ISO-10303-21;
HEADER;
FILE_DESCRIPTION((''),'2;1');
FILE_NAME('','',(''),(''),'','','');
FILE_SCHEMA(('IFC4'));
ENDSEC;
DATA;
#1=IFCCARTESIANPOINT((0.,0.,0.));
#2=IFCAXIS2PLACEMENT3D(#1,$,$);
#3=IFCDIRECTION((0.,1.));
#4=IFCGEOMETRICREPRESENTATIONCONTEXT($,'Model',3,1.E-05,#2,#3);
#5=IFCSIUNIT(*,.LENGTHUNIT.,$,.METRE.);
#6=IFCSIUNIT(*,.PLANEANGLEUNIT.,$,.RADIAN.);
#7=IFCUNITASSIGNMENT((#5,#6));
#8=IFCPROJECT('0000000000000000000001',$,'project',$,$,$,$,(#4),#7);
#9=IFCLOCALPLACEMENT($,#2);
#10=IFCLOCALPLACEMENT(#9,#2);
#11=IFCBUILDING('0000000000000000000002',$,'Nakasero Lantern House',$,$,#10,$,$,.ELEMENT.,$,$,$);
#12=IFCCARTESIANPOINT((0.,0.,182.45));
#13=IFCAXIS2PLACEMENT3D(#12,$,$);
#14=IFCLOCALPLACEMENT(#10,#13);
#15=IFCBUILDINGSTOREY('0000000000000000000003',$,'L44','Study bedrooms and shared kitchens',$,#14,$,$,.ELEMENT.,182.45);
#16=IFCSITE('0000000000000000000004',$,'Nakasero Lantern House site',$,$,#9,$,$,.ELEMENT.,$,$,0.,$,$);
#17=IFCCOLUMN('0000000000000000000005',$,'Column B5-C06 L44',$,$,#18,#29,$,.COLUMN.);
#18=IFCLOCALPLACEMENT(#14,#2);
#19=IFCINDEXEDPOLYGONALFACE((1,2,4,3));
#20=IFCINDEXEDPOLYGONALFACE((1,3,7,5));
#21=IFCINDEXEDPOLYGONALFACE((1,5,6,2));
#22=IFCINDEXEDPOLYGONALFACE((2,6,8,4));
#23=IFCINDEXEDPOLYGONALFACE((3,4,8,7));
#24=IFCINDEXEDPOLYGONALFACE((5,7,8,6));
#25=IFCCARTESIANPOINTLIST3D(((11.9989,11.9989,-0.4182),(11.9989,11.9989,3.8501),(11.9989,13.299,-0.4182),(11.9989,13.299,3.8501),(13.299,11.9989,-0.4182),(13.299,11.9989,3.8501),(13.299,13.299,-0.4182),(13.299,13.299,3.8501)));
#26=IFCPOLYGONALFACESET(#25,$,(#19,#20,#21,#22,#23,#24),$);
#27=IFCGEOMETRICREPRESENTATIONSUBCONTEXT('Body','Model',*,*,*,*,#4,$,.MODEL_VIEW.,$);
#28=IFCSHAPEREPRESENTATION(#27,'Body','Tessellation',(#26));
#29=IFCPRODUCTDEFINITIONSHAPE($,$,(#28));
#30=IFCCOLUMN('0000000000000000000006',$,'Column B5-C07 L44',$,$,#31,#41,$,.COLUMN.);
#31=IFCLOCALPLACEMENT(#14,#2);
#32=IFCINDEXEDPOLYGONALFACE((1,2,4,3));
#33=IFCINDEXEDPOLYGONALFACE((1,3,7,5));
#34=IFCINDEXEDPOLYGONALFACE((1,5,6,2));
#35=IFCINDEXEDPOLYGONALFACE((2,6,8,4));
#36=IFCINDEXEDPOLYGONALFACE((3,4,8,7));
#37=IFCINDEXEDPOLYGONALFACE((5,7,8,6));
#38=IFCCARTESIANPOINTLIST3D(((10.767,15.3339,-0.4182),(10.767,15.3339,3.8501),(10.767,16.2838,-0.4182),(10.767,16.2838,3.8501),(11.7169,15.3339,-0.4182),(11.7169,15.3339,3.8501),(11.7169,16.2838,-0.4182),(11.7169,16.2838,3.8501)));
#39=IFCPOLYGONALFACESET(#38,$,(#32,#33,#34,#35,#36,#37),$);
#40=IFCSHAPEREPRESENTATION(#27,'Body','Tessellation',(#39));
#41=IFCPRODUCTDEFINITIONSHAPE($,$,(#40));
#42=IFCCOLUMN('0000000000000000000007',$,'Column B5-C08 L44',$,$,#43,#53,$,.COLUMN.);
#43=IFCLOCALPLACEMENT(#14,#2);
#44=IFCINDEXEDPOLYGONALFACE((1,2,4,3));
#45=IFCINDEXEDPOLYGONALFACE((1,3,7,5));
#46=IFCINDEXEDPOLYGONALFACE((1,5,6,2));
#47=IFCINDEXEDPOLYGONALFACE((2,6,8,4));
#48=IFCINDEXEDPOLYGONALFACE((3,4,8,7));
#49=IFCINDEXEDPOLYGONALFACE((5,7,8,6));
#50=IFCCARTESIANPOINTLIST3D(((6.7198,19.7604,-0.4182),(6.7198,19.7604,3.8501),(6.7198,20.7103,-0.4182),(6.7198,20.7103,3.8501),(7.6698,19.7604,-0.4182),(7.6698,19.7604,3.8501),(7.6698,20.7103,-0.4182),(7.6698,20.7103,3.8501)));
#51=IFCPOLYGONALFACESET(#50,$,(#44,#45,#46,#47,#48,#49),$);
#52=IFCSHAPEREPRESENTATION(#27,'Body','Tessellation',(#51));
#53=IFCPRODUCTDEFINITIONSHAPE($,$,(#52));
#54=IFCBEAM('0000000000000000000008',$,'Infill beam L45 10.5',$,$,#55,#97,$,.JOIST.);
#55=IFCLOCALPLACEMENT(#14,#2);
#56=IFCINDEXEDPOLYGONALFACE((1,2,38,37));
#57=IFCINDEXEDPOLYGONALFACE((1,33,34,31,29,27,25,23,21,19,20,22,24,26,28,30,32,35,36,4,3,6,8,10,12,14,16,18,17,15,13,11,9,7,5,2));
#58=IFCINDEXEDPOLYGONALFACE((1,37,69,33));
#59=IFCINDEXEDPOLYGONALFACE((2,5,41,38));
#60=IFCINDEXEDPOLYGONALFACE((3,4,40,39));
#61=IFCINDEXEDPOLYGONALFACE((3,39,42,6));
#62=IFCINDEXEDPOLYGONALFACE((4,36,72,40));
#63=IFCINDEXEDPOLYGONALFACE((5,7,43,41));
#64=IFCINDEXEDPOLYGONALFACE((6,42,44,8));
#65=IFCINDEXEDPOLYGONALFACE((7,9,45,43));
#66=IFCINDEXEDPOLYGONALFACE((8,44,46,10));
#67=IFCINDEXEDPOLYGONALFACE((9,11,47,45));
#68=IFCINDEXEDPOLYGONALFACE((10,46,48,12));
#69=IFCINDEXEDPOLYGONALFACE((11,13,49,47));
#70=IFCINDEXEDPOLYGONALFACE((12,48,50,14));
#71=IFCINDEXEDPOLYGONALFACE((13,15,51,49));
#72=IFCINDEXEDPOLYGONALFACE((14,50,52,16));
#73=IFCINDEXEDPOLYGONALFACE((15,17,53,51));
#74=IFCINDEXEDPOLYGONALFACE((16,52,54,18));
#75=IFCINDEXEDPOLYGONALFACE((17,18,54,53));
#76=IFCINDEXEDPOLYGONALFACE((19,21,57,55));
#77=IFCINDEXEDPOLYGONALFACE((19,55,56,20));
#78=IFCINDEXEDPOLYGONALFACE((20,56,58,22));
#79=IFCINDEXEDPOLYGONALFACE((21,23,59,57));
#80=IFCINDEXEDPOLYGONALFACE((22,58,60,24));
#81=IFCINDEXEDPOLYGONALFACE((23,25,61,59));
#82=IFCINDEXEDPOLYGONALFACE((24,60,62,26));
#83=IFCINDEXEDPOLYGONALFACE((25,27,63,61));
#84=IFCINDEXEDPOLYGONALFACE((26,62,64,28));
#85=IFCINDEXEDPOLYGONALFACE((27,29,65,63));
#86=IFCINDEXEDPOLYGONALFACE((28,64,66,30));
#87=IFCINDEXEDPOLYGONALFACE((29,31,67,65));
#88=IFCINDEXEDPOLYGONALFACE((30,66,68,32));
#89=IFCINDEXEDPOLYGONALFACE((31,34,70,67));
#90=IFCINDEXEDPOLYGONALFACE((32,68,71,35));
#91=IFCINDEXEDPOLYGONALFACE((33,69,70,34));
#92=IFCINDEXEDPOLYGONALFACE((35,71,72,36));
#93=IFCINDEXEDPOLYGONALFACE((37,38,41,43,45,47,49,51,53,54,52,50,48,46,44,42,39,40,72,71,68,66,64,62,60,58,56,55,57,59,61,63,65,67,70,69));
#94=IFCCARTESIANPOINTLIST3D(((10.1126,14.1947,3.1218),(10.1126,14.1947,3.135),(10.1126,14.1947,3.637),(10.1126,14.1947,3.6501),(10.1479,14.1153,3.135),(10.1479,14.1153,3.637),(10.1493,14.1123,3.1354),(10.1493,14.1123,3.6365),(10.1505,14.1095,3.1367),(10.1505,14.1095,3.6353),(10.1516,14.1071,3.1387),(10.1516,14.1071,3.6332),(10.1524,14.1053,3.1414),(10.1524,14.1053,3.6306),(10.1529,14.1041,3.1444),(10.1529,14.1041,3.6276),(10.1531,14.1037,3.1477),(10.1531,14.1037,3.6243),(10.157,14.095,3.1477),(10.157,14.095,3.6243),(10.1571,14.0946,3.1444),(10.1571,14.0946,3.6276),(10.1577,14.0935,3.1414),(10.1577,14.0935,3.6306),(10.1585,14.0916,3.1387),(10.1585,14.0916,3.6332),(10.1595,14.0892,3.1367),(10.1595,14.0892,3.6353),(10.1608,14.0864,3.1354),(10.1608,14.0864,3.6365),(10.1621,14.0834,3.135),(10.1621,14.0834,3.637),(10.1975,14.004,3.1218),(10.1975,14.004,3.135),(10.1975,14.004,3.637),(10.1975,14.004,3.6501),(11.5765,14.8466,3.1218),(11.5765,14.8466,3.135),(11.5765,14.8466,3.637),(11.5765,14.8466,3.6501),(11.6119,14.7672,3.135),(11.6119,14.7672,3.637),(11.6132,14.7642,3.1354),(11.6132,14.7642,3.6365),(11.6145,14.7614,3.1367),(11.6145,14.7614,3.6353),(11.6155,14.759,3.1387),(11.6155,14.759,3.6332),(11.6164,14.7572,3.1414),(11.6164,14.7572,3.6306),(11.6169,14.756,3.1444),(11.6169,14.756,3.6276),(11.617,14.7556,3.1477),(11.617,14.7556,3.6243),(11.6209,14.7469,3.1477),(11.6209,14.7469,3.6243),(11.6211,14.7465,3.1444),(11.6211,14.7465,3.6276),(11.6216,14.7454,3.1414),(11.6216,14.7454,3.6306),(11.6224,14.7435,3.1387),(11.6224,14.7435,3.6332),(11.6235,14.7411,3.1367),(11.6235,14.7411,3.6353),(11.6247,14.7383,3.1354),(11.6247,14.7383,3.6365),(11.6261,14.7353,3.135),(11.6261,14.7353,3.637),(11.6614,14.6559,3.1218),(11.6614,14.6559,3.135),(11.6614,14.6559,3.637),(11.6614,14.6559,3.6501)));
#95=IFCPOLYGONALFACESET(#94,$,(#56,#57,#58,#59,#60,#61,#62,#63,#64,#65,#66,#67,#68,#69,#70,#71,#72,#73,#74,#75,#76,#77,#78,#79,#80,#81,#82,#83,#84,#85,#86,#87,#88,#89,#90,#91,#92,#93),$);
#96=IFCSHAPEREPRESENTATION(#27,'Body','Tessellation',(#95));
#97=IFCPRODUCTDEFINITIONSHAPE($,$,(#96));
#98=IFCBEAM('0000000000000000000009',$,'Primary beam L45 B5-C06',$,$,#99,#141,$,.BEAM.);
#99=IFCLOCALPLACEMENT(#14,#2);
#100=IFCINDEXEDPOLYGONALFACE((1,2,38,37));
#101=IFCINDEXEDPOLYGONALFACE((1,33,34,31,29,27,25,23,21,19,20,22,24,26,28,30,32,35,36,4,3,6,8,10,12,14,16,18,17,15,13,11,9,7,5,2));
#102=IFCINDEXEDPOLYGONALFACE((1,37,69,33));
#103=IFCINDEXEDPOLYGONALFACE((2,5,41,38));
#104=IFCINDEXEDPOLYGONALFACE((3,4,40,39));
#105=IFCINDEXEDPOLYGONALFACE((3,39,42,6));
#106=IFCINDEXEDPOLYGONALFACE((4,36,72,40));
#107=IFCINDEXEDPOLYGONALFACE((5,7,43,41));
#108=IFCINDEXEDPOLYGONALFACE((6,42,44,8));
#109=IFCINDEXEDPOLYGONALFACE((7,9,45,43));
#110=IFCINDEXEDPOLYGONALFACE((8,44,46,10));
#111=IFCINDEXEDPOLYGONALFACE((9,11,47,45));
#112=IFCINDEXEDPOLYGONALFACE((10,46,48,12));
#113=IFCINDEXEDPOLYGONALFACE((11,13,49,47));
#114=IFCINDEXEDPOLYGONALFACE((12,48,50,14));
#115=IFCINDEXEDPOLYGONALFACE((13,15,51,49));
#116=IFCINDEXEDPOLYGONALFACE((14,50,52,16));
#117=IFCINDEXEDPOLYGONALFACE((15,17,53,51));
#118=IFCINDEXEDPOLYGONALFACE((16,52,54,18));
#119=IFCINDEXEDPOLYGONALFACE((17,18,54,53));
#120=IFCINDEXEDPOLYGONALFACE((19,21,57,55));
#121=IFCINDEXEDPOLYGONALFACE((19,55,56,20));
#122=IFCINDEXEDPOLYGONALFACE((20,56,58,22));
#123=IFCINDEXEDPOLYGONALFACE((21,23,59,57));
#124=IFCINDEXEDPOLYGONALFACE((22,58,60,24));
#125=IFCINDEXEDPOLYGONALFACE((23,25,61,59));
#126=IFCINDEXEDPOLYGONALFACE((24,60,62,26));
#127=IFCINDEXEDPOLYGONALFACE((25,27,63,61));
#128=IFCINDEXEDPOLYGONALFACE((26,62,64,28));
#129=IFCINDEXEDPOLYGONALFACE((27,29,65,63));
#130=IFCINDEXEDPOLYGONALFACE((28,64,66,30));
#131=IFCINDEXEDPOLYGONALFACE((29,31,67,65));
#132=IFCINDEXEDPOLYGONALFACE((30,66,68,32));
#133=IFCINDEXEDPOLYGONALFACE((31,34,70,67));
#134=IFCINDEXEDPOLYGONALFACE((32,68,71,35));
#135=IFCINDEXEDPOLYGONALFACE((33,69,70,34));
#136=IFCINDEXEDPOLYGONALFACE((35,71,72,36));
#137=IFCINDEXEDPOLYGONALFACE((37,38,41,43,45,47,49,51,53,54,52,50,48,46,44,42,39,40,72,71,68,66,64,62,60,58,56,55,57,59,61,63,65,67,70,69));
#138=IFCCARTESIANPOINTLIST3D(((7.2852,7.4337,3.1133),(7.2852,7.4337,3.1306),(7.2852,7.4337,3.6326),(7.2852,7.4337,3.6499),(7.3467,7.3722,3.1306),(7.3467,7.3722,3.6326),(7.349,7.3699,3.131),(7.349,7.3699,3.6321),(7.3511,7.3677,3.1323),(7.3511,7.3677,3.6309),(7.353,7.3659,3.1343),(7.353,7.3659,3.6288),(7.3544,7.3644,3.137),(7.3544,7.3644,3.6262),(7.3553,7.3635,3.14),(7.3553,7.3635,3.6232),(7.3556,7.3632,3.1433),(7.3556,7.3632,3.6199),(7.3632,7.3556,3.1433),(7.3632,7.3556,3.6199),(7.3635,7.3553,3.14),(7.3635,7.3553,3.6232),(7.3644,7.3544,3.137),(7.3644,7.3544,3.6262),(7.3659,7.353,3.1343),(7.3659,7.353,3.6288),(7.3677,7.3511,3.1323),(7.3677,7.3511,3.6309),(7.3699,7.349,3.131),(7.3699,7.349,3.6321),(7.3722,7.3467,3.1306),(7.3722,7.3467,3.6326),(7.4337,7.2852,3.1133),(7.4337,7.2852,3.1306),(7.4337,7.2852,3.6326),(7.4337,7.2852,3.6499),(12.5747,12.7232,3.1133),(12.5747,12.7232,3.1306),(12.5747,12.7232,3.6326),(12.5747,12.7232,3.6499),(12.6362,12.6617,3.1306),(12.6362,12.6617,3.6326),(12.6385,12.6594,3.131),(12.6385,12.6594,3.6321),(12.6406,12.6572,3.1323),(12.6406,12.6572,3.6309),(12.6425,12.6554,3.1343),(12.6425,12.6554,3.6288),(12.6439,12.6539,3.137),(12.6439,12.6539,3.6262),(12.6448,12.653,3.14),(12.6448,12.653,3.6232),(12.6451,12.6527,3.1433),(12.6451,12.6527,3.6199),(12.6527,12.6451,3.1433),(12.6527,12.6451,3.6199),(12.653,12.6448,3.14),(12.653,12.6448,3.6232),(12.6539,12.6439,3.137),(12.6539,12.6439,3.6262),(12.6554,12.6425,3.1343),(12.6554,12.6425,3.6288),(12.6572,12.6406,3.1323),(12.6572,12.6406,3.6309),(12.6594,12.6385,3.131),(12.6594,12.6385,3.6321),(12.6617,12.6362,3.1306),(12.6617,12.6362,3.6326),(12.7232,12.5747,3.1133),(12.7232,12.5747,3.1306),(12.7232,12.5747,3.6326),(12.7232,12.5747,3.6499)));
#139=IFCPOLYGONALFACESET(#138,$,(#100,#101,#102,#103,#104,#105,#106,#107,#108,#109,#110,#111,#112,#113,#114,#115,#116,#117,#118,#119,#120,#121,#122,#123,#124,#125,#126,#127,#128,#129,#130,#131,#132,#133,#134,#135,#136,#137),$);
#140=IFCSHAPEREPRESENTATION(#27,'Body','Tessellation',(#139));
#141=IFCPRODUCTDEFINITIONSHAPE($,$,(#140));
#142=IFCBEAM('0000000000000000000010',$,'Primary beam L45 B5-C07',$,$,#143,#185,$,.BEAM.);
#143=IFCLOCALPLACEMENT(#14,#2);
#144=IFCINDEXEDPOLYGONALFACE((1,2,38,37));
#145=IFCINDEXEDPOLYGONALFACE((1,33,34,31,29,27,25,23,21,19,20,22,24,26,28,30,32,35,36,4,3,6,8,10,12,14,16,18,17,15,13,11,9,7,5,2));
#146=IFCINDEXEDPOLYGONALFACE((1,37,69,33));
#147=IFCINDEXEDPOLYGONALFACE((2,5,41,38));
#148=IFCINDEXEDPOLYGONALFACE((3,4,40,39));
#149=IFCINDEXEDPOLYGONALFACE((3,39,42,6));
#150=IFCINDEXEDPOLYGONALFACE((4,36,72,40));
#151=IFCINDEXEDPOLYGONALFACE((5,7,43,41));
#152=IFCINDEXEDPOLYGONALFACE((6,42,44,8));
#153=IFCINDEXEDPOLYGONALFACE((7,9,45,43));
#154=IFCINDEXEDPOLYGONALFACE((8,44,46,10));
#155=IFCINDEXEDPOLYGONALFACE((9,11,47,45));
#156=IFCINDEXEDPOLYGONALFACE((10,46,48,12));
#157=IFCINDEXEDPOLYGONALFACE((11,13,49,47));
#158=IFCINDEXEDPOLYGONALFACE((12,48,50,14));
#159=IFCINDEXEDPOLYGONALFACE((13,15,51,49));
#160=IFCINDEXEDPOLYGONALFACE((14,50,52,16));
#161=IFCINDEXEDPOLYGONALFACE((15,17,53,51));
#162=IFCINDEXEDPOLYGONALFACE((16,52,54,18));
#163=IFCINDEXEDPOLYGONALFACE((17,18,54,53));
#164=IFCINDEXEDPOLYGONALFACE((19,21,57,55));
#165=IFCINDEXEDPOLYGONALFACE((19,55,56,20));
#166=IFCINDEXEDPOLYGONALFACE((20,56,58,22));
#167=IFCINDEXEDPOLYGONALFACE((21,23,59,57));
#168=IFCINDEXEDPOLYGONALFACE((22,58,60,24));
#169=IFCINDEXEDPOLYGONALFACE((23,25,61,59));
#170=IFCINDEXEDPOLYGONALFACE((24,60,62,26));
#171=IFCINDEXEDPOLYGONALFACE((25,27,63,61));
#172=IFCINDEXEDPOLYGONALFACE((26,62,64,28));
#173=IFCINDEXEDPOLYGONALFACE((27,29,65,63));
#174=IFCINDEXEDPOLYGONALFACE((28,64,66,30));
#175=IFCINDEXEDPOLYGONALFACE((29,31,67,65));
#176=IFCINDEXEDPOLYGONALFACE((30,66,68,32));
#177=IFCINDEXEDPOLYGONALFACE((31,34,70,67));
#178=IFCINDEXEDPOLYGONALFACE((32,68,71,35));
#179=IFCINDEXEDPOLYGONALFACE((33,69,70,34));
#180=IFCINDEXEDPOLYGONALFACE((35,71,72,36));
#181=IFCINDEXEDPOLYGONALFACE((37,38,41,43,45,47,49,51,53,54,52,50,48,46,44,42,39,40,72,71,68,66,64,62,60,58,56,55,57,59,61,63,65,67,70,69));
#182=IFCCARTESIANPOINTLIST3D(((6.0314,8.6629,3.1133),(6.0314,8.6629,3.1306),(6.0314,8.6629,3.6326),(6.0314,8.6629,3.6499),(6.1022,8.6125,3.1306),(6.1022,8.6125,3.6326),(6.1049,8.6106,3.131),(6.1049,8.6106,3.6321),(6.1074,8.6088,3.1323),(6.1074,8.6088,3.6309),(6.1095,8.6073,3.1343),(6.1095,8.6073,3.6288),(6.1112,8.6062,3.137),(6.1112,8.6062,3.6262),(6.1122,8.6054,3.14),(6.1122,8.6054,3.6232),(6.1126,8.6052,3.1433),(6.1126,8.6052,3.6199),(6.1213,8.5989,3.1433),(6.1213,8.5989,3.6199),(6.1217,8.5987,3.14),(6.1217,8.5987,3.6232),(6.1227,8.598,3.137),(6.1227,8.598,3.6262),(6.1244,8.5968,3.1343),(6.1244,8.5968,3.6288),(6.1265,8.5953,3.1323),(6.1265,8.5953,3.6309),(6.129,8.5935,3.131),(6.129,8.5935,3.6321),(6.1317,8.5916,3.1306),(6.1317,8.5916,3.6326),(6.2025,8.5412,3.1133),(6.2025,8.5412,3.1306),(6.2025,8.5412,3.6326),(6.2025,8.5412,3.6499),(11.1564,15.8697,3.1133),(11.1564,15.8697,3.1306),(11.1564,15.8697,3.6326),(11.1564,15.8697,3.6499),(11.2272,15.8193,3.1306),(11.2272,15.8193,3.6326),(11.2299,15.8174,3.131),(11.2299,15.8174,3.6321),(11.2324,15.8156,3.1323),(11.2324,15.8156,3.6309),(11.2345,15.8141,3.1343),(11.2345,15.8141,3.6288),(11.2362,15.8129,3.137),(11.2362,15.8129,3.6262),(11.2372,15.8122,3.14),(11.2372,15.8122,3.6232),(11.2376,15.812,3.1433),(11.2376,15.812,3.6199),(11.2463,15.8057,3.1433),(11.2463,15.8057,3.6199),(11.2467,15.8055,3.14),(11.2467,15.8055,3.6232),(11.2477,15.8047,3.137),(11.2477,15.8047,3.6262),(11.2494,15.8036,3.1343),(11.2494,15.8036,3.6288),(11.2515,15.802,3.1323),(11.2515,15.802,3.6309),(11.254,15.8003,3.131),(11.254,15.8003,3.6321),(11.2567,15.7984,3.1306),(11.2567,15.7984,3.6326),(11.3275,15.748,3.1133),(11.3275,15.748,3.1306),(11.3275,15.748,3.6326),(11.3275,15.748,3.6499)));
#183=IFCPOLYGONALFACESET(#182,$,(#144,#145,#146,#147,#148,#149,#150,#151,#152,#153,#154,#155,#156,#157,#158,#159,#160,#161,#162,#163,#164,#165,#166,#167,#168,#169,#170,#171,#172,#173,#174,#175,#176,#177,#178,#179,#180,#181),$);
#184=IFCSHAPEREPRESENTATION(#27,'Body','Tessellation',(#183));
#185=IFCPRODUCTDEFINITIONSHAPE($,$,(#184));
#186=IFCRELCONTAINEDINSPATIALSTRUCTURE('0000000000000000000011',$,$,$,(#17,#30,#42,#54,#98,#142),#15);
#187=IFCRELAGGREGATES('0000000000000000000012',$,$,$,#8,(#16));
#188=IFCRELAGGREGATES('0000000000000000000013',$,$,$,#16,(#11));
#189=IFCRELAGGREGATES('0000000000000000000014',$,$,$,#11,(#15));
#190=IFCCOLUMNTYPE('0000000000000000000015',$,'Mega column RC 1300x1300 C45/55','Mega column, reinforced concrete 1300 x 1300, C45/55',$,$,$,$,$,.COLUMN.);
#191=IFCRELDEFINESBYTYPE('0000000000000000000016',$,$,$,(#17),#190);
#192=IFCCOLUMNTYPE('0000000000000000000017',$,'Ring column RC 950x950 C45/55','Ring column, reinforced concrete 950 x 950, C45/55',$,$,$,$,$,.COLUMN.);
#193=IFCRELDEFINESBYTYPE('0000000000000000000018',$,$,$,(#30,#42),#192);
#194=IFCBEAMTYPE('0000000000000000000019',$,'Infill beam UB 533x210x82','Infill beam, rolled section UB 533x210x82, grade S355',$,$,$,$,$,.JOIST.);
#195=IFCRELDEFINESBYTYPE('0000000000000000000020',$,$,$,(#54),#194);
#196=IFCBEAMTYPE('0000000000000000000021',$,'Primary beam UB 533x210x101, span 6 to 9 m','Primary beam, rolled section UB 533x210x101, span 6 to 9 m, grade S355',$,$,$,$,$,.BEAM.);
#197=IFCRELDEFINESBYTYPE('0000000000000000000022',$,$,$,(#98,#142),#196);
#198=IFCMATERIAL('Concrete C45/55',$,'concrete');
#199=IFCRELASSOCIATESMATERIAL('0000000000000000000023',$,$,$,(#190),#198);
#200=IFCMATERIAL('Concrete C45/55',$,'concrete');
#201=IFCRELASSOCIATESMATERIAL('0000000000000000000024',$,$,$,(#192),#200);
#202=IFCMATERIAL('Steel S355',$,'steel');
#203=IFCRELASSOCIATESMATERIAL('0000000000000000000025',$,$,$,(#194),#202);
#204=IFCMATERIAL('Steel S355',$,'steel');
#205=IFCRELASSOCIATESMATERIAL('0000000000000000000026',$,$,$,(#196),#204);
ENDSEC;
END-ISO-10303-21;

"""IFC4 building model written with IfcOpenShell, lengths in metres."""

from ifc_helpers import new_model, si_unit, direction, frame, origin, origin_2d, place, context, subcontext, project, spatial, rectangle, i_section, extrude, material, material_profile, profile_set, type_object, element, save


model = new_model("IFC4")

# Units and contexts
model_context = context("Model", 3, precision=1e-05, world=origin(), true_north=direction((0.0, 1.0)))
body_context = subcontext(model_context, "Body", "Model", "MODEL_VIEW")
ifc_project = project(units=[si_unit("LENGTHUNIT", "METRE"), si_unit("PLANEANGLEUNIT", "RADIAN")], contexts=[model_context])

# Site, building, storey
site_placement = place(None, origin())
site = spatial("IfcSite", under=ifc_project, at=site_placement, Name="Nakasero Lantern House site", CompositionType="ELEMENT", RefElevation=0.0)
building_placement = place(site_placement, origin())
building = spatial("IfcBuilding", under=site, at=building_placement, Name="Nakasero Lantern House", CompositionType="ELEMENT")
storey_placement = place(building_placement, frame((0.0, 0.0, 182.45)))
storey = spatial("IfcBuildingStorey", under=building, at=storey_placement, Name="L44", Description="Study bedrooms and shared kitchens", CompositionType="ELEMENT", Elevation=182.45)

# Columns
ifc_material_1 = material(Name="Concrete C45/55", Category="concrete")
ifc_material_profile_1 = material_profile(ifc_material_1, rectangle(XDim=1.3, YDim=1.3, at=origin_2d()), Name="RC 1300x1300")
ifc_profile_set_1 = profile_set([ifc_material_profile_1], Name="Concrete C45/55")
column_type_1 = type_object("IfcColumnType", Name="Mega column RC 1300x1300 C45/55", Description="Mega column, reinforced concrete 1300 x 1300, C45/55", PredefinedType="COLUMN", material=ifc_profile_set_1)
column_placement = place(storey_placement, frame((12.6489, 12.6489, -0.4182), z_axis=(0.0, 0.0, 1.0), x_axis=(1.0, 0.0, 0.0)))
element("IfcColumn", 1, at=column_placement, inside=storey, type_object=column_type_1, Name="Column B5-C06 L44", PredefinedType="COLUMN", context=body_context, shape_type="SweptSolid", body=[
    extrude(rectangle(XDim=1.3, YDim=1.3, at=origin_2d()), origin(), (0.0, 0.0, 1.0), 4.2683),
])
ifc_material_2 = material(Name="Concrete C45/55", Category="concrete")
ifc_material_profile_2 = material_profile(ifc_material_2, rectangle(XDim=0.95, YDim=0.95, at=origin_2d()), Name="RC 950x950")
ifc_profile_set_2 = profile_set([ifc_material_profile_2], Name="Concrete C45/55")
column_type_2 = type_object("IfcColumnType", Name="Ring column RC 950x950 C45/55", Description="Ring column, reinforced concrete 950 x 950, C45/55", PredefinedType="COLUMN", material=ifc_profile_set_2)
for number, where, z_axis, x_axis, name in (
    (2, (11.2419, 15.8088, -0.4182), (0.0, 0.0, 1.0), (1.0, 0.0, 0.0), "Column B5-C07 L44"),
    (3, (7.1948, 20.2354, -0.4182), (0.0, 0.0, 1.0), (1.0, 0.0, 0.0), "Column B5-C08 L44"),
):
    element("IfcColumn", number, at=place(storey_placement, frame(where, z_axis=z_axis, x_axis=x_axis)), inside=storey, type_object=column_type_2, Name=name, PredefinedType="COLUMN", context=body_context, shape_type="SweptSolid", body=[
        extrude(rectangle(XDim=0.95, YDim=0.95, at=origin_2d()), origin(), (0.0, 0.0, 1.0), 4.2683),
    ])

# Beams
ifc_material_3 = material(Name="Steel S355", Category="steel")
ifc_material_profile_3 = material_profile(ifc_material_3, i_section(OverallWidth=0.2087, OverallDepth=0.5283, WebThickness=0.0095, FlangeThickness=0.0132, FilletRadius=0.0127, at=origin_2d()), Name="UB 533x210x82")
ifc_profile_set_3 = profile_set([ifc_material_profile_3], Name="Steel S355")
beam_type_1 = type_object("IfcBeamType", Name="Infill beam UB 533x210x82", Description="Infill beam, rolled section UB 533x210x82, grade S355", PredefinedType="JOIST", material=ifc_profile_set_3)
beam_1_placement = place(storey_placement, frame((10.155, 14.0994, 3.386), z_axis=(0.913522, 0.406789, 0.0), x_axis=(-0.406789, 0.913522, 0.0)))
element("IfcBeam", 4, at=beam_1_placement, inside=storey, type_object=beam_type_1, Name="Infill beam L45 10.5", PredefinedType="JOIST", context=body_context, shape_type="SweptSolid", body=[
    extrude(i_section(OverallWidth=0.2087, OverallDepth=0.5283, WebThickness=0.0095, FlangeThickness=0.0132, FilletRadius=0.0127, at=origin_2d()), origin(), (0.0, 0.0, 1.0), 1.6025),
])
ifc_material_4 = material(Name="Steel S355", Category="steel")
ifc_material_profile_4 = material_profile(ifc_material_4, i_section(OverallWidth=0.21, OverallDepth=0.5366, WebThickness=0.0107, FlangeThickness=0.0173, FilletRadius=0.0127, at=origin_2d()), Name="UB 533x210x101")
ifc_profile_set_4 = profile_set([ifc_material_profile_4], Name="Steel S355")
beam_type_2 = type_object("IfcBeamType", Name="Primary beam UB 533x210x101, span 6 to 9 m", Description="Primary beam, rolled section UB 533x210x101, span 6 to 9 m, grade S355", PredefinedType="BEAM", material=ifc_profile_set_4)
beam_2_placement = place(storey_placement, frame((12.6489, 12.6489, 3.3816), z_axis=(-0.707107, -0.707107, 0.0), x_axis=(0.707107, -0.707107, 0.0)))
element("IfcBeam", 5, at=beam_2_placement, inside=storey, type_object=beam_type_2, Name="Primary beam L45 B5-C06", PredefinedType="BEAM", context=body_context, shape_type="SweptSolid", body=[
    extrude(i_section(OverallWidth=0.21, OverallDepth=0.5366, WebThickness=0.0107, FlangeThickness=0.0173, FilletRadius=0.0127, at=origin_2d()), origin(), (0.0, 0.0, 1.0), 7.4805),
])
beam_3_placement = place(storey_placement, frame((11.2419, 15.8088, 3.3816), z_axis=(-0.579537, -0.814946, 0.0), x_axis=(0.814946, -0.579537, 0.0)))
element("IfcBeam", 6, at=beam_3_placement, inside=storey, type_object=beam_type_2, Name="Primary beam L45 B5-C07", PredefinedType="BEAM", context=body_context, shape_type="SweptSolid", body=[
    extrude(i_section(OverallWidth=0.21, OverallDepth=0.5366, WebThickness=0.0107, FlangeThickness=0.0173, FilletRadius=0.0127, at=origin_2d()), origin(), (0.0, 0.0, 1.0), 8.8433),
])

save(model, "model.ifc")
